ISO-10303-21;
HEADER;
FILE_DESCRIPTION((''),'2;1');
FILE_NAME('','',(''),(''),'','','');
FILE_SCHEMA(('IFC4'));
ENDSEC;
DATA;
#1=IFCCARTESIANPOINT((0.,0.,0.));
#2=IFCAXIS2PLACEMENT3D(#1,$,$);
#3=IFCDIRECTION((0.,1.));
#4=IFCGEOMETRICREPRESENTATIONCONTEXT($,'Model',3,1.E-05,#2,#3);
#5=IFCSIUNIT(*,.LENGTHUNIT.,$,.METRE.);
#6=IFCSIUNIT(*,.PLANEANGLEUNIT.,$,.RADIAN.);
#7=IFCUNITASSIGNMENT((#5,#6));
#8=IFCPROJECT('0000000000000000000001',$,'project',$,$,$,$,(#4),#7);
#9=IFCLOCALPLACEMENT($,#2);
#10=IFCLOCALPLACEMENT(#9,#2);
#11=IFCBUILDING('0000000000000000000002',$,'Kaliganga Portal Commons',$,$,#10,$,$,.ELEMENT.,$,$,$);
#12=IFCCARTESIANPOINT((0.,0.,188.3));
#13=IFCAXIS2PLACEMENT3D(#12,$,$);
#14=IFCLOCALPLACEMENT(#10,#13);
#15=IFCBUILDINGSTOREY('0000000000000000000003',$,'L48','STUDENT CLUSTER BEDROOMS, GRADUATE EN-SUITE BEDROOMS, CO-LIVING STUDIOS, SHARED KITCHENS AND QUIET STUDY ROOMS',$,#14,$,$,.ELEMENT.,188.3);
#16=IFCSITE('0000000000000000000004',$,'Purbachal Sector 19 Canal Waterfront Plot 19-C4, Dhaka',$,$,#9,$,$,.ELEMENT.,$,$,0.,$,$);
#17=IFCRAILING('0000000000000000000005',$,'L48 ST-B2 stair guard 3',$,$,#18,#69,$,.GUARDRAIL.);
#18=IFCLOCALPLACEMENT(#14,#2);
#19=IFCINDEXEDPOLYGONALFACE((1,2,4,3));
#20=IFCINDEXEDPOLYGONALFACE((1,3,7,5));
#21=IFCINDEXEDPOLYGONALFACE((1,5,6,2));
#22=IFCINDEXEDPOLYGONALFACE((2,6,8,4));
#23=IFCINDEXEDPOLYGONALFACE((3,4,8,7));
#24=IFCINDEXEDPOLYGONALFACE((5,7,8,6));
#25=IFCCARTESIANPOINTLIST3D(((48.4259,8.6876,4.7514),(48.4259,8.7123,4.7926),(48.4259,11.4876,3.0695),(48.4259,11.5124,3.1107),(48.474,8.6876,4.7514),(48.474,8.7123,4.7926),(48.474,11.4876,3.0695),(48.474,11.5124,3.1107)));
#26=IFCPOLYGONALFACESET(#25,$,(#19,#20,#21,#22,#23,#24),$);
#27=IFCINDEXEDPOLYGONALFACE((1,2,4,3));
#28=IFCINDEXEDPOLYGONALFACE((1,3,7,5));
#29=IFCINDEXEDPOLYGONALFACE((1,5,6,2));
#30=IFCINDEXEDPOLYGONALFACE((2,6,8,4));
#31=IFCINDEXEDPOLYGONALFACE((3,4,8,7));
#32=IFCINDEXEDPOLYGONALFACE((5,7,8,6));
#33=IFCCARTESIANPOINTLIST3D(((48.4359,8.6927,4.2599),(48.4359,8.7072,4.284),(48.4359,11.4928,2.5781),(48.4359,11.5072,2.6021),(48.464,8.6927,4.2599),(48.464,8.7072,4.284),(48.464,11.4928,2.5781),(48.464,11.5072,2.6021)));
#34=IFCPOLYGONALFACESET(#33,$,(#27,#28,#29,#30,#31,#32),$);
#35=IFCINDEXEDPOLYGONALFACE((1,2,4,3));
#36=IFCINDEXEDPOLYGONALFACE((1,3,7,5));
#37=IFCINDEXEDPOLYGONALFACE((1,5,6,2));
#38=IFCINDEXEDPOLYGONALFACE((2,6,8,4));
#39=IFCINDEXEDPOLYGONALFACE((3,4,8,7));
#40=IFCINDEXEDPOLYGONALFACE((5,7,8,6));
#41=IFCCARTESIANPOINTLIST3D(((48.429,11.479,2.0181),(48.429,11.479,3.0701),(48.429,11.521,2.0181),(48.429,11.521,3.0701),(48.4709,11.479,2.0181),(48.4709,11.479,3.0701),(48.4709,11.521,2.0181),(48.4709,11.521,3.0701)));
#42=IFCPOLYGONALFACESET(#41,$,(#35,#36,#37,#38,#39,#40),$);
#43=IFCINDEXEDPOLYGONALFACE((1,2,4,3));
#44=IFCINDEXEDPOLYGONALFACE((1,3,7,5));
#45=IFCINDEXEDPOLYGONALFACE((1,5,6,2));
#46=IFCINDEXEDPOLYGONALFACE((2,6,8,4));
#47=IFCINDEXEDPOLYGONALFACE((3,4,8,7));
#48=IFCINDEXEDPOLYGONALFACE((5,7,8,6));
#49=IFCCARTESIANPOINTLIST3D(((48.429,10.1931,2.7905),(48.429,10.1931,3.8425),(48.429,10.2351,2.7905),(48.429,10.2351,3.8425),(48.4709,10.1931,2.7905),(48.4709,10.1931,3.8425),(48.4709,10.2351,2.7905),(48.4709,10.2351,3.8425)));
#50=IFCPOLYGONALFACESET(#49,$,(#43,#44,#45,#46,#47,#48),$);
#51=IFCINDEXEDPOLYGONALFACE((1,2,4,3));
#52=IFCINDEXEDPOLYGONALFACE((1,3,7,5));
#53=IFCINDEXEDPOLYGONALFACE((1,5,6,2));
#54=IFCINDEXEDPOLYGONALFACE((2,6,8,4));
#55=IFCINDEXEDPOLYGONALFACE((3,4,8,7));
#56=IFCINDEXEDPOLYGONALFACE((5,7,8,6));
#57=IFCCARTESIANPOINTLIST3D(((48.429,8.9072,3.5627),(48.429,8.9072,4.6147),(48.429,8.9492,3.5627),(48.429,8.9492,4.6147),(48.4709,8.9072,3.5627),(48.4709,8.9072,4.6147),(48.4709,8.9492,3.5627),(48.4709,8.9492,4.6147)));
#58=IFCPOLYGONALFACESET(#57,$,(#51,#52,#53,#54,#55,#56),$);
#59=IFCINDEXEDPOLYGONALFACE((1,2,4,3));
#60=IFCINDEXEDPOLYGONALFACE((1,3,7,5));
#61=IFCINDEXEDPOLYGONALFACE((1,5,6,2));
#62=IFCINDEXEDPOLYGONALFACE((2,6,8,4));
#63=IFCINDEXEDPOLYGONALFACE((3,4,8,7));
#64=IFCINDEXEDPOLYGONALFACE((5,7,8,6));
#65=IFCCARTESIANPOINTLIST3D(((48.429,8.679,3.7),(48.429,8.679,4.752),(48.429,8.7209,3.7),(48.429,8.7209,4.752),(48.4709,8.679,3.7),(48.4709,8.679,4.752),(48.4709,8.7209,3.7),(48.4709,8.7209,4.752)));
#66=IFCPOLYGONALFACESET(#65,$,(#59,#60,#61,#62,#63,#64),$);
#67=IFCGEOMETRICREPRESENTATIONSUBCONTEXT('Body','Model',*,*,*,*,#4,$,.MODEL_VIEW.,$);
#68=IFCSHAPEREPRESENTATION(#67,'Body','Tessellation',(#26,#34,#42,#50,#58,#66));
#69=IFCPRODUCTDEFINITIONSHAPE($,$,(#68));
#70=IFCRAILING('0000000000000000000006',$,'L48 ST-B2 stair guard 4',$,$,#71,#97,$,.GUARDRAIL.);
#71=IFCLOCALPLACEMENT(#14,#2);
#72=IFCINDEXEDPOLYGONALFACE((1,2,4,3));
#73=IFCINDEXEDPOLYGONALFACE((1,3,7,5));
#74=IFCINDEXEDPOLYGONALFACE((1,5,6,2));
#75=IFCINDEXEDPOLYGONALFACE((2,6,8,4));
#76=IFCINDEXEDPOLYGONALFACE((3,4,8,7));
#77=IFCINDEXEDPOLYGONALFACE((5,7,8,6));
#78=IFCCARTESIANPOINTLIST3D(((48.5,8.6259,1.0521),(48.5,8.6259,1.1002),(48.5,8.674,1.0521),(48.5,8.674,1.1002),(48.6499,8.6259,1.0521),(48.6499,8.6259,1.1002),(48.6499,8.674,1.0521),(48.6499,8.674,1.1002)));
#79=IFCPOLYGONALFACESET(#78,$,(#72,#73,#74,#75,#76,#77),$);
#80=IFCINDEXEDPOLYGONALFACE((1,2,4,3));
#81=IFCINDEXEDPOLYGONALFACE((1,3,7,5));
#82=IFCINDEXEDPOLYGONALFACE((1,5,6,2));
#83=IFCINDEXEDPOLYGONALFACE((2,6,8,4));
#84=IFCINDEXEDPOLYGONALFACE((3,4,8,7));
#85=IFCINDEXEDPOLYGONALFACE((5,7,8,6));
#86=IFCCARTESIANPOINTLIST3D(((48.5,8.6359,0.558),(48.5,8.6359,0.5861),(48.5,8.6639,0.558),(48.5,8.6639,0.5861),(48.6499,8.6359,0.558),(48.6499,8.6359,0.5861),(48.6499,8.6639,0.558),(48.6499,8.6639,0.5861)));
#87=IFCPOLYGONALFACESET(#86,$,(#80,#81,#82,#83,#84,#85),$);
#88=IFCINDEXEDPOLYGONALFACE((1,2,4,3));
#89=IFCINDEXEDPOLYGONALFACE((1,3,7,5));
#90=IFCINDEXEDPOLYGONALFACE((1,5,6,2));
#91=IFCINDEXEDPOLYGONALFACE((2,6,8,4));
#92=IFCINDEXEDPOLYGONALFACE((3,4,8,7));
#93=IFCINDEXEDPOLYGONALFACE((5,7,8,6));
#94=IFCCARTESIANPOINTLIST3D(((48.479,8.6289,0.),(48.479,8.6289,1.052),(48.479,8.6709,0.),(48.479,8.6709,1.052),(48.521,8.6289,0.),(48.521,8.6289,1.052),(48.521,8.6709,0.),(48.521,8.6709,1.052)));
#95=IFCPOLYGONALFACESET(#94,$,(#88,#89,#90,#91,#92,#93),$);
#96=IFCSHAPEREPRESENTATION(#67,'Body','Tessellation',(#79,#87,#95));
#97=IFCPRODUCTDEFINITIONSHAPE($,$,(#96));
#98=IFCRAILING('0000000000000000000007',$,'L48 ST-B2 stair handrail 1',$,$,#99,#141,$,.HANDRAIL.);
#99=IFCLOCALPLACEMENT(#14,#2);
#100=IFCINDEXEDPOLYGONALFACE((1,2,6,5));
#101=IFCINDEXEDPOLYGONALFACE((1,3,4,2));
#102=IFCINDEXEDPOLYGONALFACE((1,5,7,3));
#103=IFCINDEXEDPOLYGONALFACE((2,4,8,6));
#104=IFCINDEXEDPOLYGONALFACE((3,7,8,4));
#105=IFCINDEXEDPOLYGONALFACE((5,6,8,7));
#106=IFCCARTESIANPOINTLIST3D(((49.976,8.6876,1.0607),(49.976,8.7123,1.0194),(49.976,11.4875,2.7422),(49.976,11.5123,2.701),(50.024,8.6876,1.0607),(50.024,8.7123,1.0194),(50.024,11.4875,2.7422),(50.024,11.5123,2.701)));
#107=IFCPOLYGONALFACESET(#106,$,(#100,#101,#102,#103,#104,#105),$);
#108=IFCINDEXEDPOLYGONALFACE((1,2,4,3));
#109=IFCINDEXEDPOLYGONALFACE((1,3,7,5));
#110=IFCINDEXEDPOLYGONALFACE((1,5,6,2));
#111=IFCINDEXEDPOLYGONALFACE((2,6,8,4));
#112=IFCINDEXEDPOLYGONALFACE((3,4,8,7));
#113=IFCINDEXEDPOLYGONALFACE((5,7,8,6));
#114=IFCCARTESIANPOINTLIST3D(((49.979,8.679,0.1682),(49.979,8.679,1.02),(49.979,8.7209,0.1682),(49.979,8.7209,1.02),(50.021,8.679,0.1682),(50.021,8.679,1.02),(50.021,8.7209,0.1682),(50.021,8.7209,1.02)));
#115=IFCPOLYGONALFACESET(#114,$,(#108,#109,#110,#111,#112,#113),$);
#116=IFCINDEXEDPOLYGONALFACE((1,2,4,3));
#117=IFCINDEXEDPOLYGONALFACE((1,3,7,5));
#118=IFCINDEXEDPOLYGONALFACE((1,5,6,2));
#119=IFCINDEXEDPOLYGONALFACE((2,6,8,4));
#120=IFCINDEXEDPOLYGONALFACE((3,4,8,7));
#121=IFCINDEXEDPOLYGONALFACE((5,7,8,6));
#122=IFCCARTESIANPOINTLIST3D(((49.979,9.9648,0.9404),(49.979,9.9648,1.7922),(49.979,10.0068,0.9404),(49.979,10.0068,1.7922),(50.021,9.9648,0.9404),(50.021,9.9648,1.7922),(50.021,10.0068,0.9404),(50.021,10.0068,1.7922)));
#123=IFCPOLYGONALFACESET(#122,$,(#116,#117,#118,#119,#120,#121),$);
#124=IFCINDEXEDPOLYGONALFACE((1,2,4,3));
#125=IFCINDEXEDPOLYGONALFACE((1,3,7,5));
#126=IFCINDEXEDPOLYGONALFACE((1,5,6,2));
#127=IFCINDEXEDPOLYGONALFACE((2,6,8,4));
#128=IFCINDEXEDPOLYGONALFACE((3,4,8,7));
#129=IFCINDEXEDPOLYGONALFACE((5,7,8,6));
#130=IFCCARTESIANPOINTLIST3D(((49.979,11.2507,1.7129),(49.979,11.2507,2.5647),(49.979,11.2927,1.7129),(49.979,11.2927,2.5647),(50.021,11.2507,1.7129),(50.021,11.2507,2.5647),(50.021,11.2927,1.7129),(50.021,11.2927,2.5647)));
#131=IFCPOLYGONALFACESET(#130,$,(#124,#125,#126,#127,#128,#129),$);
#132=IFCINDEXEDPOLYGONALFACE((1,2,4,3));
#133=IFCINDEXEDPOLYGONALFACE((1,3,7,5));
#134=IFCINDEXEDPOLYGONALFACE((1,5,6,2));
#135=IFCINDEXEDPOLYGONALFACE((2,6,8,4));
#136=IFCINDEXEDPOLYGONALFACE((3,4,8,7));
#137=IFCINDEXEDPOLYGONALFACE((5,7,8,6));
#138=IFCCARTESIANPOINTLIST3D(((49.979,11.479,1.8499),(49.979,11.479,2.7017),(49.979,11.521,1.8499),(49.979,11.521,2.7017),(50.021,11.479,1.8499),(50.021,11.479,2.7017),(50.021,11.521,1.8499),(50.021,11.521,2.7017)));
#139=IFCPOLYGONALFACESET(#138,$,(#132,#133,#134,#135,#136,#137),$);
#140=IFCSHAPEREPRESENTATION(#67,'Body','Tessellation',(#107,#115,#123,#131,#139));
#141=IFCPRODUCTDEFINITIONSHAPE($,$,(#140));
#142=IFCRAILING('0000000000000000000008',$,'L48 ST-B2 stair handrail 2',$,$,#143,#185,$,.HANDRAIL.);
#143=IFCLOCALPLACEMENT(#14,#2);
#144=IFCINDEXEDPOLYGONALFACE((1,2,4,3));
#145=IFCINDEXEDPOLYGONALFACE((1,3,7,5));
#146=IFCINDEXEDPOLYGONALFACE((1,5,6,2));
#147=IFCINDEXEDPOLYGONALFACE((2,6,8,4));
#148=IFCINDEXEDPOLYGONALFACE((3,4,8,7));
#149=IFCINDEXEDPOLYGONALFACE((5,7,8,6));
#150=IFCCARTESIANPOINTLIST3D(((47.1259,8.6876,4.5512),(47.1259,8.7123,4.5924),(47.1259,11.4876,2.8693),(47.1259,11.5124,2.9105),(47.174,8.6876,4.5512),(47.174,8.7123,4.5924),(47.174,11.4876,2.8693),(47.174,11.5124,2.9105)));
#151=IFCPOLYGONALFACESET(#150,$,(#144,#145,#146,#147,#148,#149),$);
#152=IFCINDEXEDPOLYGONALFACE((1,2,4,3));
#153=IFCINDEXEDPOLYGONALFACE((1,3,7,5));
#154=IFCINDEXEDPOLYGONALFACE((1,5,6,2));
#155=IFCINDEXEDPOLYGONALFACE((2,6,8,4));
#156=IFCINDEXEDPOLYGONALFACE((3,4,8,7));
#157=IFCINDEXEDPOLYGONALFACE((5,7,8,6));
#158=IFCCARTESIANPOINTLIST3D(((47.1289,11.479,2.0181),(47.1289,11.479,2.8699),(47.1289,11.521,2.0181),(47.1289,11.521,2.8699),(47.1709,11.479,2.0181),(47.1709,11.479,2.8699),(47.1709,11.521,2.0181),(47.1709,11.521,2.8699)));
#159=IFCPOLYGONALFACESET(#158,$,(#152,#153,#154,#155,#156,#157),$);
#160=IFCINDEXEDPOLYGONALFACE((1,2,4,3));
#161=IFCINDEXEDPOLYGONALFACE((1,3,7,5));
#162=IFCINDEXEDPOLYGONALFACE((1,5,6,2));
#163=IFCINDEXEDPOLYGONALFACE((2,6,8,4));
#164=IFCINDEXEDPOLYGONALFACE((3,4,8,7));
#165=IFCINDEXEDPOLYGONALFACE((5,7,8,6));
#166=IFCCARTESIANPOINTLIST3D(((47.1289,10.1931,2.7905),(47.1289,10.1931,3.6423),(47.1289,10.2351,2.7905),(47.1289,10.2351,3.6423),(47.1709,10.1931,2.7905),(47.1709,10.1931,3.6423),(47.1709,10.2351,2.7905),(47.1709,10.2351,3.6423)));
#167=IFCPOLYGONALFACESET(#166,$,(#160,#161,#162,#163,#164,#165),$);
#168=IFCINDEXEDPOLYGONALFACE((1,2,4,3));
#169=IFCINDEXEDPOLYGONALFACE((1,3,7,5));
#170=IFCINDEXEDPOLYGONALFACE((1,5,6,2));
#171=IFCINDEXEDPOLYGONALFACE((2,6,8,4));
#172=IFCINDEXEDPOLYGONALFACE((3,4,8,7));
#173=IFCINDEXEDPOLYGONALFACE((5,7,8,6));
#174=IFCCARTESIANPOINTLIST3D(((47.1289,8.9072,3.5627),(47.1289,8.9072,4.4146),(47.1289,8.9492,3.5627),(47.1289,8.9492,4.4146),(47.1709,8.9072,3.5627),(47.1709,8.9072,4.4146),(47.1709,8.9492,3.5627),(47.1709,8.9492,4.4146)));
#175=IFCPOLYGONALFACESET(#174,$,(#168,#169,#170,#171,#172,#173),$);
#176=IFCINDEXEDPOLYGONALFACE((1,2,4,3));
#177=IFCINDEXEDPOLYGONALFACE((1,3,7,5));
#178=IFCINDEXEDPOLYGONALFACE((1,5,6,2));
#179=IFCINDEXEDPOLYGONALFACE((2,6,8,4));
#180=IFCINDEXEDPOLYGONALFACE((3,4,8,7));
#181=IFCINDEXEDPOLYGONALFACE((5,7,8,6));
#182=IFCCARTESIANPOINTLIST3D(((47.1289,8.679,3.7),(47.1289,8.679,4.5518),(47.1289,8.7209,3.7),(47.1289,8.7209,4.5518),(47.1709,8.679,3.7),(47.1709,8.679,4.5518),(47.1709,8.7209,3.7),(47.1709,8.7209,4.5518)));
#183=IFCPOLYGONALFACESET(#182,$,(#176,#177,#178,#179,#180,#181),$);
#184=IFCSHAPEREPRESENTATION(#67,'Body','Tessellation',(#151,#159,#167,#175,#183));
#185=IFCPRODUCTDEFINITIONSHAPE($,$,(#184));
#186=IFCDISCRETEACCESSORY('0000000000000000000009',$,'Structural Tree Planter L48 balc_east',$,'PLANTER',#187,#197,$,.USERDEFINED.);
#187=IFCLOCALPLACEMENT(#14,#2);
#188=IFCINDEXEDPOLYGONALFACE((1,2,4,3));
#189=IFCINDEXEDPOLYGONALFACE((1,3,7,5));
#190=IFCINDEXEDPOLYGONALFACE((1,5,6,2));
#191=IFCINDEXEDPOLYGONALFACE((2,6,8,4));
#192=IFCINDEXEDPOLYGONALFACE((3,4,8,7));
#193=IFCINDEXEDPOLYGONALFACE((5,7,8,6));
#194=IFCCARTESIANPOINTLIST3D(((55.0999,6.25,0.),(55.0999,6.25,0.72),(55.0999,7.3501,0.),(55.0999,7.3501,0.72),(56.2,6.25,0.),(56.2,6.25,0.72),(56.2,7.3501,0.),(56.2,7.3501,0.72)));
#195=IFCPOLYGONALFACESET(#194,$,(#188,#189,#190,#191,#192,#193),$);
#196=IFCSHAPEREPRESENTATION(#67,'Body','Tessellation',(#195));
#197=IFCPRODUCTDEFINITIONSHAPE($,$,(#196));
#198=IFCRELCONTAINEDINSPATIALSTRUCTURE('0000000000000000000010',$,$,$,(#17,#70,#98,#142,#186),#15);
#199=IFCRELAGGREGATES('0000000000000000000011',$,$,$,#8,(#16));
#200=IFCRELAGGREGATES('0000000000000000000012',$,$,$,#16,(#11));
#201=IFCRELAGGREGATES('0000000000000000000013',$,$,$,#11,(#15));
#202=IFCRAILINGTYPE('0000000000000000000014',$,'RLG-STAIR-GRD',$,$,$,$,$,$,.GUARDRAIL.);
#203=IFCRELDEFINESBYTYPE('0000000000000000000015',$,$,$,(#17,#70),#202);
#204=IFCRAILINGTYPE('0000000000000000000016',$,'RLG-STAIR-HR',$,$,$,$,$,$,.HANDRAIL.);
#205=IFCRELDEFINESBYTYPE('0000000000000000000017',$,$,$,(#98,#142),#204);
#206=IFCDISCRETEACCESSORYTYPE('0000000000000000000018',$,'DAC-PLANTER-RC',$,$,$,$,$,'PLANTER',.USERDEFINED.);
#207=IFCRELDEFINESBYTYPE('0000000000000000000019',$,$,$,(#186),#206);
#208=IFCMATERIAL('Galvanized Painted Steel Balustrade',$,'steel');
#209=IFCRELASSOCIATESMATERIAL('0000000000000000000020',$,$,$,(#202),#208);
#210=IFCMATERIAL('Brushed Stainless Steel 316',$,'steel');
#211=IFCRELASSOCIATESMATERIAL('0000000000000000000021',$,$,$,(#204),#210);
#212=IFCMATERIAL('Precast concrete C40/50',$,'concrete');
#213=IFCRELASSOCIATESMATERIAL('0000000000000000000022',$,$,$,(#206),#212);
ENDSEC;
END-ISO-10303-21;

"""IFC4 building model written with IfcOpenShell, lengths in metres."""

from ifc_helpers import new_model, si_unit, direction, frame, origin, origin_2d, place, context, subcontext, project, spatial, rectangle, extrude, source, transform, mapped, material, type_object, element, save


model = new_model("IFC4")

# Units and contexts
model_context = context("Model", 3, precision=1e-05, world=origin(), true_north=direction((0.0, 1.0)))
body_context = subcontext(model_context, "Body", "Model", "MODEL_VIEW")
ifc_project = project(units=[si_unit("LENGTHUNIT", "METRE"), si_unit("PLANEANGLEUNIT", "RADIAN")], contexts=[model_context])

# Site, building, storey
site_placement = place(None, origin())
site = spatial("IfcSite", under=ifc_project, at=site_placement, Name="Purbachal Sector 19 Canal Waterfront Plot 19-C4, Dhaka", CompositionType="ELEMENT", RefElevation=0.0)
building_placement = place(site_placement, origin())
building = spatial("IfcBuilding", under=site, at=building_placement, Name="Kaliganga Portal Commons", CompositionType="ELEMENT")
storey_placement = place(building_placement, frame((0.0, 0.0, 188.3)))
storey = spatial("IfcBuildingStorey", under=building, at=storey_placement, Name="L48", Description="STUDENT CLUSTER BEDROOMS, GRADUATE EN-SUITE BEDROOMS, CO-LIVING STUDIOS, SHARED KITCHENS AND QUIET STUDY ROOMS", CompositionType="ELEMENT", Elevation=188.3)

# Railings
ifc_material_1 = material(Name="Galvanized Painted Steel Balustrade", Category="steel")
railing_type_1 = type_object("IfcRailingType", Name="RLG-STAIR-GRD", PredefinedType="GUARDRAIL", material=ifc_material_1)
railing_1_placement = place(storey_placement, frame((48.45, 11.5, 2.0181)))
element("IfcRailing", 1, at=railing_1_placement, inside=storey, type_object=railing_type_1, Name="L48 ST-B2 stair guard 3", PredefinedType="GUARDRAIL", context=body_context, shape_type="SweptSolid", body=[
    extrude(rectangle(XDim=0.0481, YDim=0.0481, at=origin_2d()), frame((0.0, 0.0, 1.072), z_axis=(0.0, -0.857242, 0.514913), x_axis=(1.0, 0.0, 0.0)), (0.0, 0.0, 1.0), 3.2664),
    extrude(rectangle(XDim=0.0281, YDim=0.0281, at=origin_2d()), frame((0.0, 0.0, 0.572), z_axis=(0.0, -0.857242, 0.514913), x_axis=(1.0, 0.0, 0.0)), (0.0, 0.0, 1.0), 3.2664),
    extrude(rectangle(XDim=0.042, YDim=0.042, at=origin_2d()), origin(), (0.0, 0.0, 1.0), 1.052),
    extrude(rectangle(XDim=0.042, YDim=0.042, at=origin_2d()), frame((0.0, -1.2859, 0.7725)), (0.0, 0.0, 1.0), 1.052),
    extrude(rectangle(XDim=0.042, YDim=0.042, at=origin_2d()), frame((0.0, -2.5718, 1.5447)), (0.0, 0.0, 1.0), 1.052),
    extrude(rectangle(XDim=0.042, YDim=0.042, at=origin_2d()), frame((0.0, -2.8, 1.6819)), (0.0, 0.0, 1.0), 1.052),
])
railing_2_placement = place(storey_placement, frame((48.6499, 8.6499, 0.0)))
element("IfcRailing", 2, at=railing_2_placement, inside=storey, type_object=railing_type_1, Name="L48 ST-B2 stair guard 4", PredefinedType="GUARDRAIL", context=body_context, shape_type="SweptSolid", body=[
    extrude(rectangle(XDim=0.0481, YDim=0.0481, at=origin_2d()), frame((0.0, 0.0, 1.0762), z_axis=(-1.0, 0.0, 0.0), x_axis=(0.0, -1.0, 0.0)), (0.0, 0.0, 1.0), 0.1499),
    extrude(rectangle(XDim=0.0281, YDim=0.0281, at=origin_2d()), frame((0.0, 0.0, 0.572), z_axis=(-1.0, 0.0, 0.0), x_axis=(0.0, -1.0, 0.0)), (0.0, 0.0, 1.0), 0.1499),
    extrude(rectangle(XDim=0.042, YDim=0.042, at=origin_2d()), frame((-0.1499, 0.0, 0.0)), (0.0, 0.0, 1.0), 1.052),
])
ifc_material_2 = material(Name="Brushed Stainless Steel 316", Category="steel")
railing_type_2 = type_object("IfcRailingType", Name="RLG-STAIR-HR", PredefinedType="HANDRAIL", material=ifc_material_2)
railing_3_placement = place(storey_placement, frame((50.0, 8.7, 0.1682)))
element("IfcRailing", 3, at=railing_3_placement, inside=storey, type_object=railing_type_2, Name="L48 ST-B2 stair handrail 1", PredefinedType="HANDRAIL", context=body_context, shape_type="SweptSolid", body=[
    extrude(rectangle(XDim=0.0481, YDim=0.0481, at=origin_2d()), frame((0.0, 0.0, 0.8718), z_axis=(0.0, 0.857275, 0.514858), x_axis=(-1.0, 0.0, 0.0)), (0.0, 0.0, 1.0), 3.2661),
    extrude(rectangle(XDim=0.042, YDim=0.042, at=origin_2d()), origin(), (0.0, 0.0, 1.0), 0.8518),
    extrude(rectangle(XDim=0.042, YDim=0.042, at=origin_2d()), frame((0.0, 1.2859, 0.7722)), (0.0, 0.0, 1.0), 0.8518),
    extrude(rectangle(XDim=0.042, YDim=0.042, at=origin_2d()), frame((0.0, 2.5718, 1.5447)), (0.0, 0.0, 1.0), 0.8518),
    extrude(rectangle(XDim=0.042, YDim=0.042, at=origin_2d()), frame((0.0, 2.8, 1.6816)), (0.0, 0.0, 1.0), 0.8518),
])
railing_4_placement = place(storey_placement, frame((47.1499, 11.5, 2.0181)))
element("IfcRailing", 4, at=railing_4_placement, inside=storey, type_object=railing_type_2, Name="L48 ST-B2 stair handrail 2", PredefinedType="HANDRAIL", context=body_context, shape_type="SweptSolid", body=[
    extrude(rectangle(XDim=0.0481, YDim=0.0481, at=origin_2d()), frame((0.0, 0.0, 0.8718), z_axis=(0.0, -0.857242, 0.514913), x_axis=(1.0, 0.0, 0.0)), (0.0, 0.0, 1.0), 3.2664),
    extrude(rectangle(XDim=0.042, YDim=0.042, at=origin_2d()), origin(), (0.0, 0.0, 1.0), 0.8518),
    extrude(rectangle(XDim=0.042, YDim=0.042, at=origin_2d()), frame((0.0, -1.2859, 0.7725)), (0.0, 0.0, 1.0), 0.8518),
    extrude(rectangle(XDim=0.042, YDim=0.042, at=origin_2d()), frame((0.0, -2.5718, 1.5447)), (0.0, 0.0, 1.0), 0.8518),
    extrude(rectangle(XDim=0.042, YDim=0.042, at=origin_2d()), frame((0.0, -2.8, 1.6819)), (0.0, 0.0, 1.0), 0.8518),
])

# Discrete accessory
ifc_material_3 = material(Name="Precast concrete C40/50", Category="concrete")
discrete_accessory_type = type_object("IfcDiscreteAccessoryType", Name="DAC-PLANTER-RC", ElementType="PLANTER", PredefinedType="USERDEFINED", material=ifc_material_3)
shared_shape_1 = source(origin(), body_context, "Body", "SweptSolid", [
    extrude(rectangle(XDim=1.1001, YDim=1.1001, at=origin_2d()), origin(), (0.0, 0.0, 1.0), 0.72),
])
discrete_accessory_placement = place(storey_placement, frame((55.6499, 6.8, 0.0), z_axis=(0.0, 0.0, 1.0), x_axis=(1.0, 0.0, 0.0)))
element("IfcDiscreteAccessory", 5, at=discrete_accessory_placement, inside=storey, type_object=discrete_accessory_type, Name="Structural Tree Planter L48 balc_east", ObjectType="PLANTER", PredefinedType="USERDEFINED", context=body_context, shape_type="MappedRepresentation", body=[
    mapped(shared_shape_1, transform((0.0, 0.0, 0.0), x_axis=(1.0, 0.0, 0.0), y_axis=(0.0, 1.0, 0.0), z_axis=(0.0, 0.0, 1.0), scale=1.0)),
])

save(model, "model.ifc")
